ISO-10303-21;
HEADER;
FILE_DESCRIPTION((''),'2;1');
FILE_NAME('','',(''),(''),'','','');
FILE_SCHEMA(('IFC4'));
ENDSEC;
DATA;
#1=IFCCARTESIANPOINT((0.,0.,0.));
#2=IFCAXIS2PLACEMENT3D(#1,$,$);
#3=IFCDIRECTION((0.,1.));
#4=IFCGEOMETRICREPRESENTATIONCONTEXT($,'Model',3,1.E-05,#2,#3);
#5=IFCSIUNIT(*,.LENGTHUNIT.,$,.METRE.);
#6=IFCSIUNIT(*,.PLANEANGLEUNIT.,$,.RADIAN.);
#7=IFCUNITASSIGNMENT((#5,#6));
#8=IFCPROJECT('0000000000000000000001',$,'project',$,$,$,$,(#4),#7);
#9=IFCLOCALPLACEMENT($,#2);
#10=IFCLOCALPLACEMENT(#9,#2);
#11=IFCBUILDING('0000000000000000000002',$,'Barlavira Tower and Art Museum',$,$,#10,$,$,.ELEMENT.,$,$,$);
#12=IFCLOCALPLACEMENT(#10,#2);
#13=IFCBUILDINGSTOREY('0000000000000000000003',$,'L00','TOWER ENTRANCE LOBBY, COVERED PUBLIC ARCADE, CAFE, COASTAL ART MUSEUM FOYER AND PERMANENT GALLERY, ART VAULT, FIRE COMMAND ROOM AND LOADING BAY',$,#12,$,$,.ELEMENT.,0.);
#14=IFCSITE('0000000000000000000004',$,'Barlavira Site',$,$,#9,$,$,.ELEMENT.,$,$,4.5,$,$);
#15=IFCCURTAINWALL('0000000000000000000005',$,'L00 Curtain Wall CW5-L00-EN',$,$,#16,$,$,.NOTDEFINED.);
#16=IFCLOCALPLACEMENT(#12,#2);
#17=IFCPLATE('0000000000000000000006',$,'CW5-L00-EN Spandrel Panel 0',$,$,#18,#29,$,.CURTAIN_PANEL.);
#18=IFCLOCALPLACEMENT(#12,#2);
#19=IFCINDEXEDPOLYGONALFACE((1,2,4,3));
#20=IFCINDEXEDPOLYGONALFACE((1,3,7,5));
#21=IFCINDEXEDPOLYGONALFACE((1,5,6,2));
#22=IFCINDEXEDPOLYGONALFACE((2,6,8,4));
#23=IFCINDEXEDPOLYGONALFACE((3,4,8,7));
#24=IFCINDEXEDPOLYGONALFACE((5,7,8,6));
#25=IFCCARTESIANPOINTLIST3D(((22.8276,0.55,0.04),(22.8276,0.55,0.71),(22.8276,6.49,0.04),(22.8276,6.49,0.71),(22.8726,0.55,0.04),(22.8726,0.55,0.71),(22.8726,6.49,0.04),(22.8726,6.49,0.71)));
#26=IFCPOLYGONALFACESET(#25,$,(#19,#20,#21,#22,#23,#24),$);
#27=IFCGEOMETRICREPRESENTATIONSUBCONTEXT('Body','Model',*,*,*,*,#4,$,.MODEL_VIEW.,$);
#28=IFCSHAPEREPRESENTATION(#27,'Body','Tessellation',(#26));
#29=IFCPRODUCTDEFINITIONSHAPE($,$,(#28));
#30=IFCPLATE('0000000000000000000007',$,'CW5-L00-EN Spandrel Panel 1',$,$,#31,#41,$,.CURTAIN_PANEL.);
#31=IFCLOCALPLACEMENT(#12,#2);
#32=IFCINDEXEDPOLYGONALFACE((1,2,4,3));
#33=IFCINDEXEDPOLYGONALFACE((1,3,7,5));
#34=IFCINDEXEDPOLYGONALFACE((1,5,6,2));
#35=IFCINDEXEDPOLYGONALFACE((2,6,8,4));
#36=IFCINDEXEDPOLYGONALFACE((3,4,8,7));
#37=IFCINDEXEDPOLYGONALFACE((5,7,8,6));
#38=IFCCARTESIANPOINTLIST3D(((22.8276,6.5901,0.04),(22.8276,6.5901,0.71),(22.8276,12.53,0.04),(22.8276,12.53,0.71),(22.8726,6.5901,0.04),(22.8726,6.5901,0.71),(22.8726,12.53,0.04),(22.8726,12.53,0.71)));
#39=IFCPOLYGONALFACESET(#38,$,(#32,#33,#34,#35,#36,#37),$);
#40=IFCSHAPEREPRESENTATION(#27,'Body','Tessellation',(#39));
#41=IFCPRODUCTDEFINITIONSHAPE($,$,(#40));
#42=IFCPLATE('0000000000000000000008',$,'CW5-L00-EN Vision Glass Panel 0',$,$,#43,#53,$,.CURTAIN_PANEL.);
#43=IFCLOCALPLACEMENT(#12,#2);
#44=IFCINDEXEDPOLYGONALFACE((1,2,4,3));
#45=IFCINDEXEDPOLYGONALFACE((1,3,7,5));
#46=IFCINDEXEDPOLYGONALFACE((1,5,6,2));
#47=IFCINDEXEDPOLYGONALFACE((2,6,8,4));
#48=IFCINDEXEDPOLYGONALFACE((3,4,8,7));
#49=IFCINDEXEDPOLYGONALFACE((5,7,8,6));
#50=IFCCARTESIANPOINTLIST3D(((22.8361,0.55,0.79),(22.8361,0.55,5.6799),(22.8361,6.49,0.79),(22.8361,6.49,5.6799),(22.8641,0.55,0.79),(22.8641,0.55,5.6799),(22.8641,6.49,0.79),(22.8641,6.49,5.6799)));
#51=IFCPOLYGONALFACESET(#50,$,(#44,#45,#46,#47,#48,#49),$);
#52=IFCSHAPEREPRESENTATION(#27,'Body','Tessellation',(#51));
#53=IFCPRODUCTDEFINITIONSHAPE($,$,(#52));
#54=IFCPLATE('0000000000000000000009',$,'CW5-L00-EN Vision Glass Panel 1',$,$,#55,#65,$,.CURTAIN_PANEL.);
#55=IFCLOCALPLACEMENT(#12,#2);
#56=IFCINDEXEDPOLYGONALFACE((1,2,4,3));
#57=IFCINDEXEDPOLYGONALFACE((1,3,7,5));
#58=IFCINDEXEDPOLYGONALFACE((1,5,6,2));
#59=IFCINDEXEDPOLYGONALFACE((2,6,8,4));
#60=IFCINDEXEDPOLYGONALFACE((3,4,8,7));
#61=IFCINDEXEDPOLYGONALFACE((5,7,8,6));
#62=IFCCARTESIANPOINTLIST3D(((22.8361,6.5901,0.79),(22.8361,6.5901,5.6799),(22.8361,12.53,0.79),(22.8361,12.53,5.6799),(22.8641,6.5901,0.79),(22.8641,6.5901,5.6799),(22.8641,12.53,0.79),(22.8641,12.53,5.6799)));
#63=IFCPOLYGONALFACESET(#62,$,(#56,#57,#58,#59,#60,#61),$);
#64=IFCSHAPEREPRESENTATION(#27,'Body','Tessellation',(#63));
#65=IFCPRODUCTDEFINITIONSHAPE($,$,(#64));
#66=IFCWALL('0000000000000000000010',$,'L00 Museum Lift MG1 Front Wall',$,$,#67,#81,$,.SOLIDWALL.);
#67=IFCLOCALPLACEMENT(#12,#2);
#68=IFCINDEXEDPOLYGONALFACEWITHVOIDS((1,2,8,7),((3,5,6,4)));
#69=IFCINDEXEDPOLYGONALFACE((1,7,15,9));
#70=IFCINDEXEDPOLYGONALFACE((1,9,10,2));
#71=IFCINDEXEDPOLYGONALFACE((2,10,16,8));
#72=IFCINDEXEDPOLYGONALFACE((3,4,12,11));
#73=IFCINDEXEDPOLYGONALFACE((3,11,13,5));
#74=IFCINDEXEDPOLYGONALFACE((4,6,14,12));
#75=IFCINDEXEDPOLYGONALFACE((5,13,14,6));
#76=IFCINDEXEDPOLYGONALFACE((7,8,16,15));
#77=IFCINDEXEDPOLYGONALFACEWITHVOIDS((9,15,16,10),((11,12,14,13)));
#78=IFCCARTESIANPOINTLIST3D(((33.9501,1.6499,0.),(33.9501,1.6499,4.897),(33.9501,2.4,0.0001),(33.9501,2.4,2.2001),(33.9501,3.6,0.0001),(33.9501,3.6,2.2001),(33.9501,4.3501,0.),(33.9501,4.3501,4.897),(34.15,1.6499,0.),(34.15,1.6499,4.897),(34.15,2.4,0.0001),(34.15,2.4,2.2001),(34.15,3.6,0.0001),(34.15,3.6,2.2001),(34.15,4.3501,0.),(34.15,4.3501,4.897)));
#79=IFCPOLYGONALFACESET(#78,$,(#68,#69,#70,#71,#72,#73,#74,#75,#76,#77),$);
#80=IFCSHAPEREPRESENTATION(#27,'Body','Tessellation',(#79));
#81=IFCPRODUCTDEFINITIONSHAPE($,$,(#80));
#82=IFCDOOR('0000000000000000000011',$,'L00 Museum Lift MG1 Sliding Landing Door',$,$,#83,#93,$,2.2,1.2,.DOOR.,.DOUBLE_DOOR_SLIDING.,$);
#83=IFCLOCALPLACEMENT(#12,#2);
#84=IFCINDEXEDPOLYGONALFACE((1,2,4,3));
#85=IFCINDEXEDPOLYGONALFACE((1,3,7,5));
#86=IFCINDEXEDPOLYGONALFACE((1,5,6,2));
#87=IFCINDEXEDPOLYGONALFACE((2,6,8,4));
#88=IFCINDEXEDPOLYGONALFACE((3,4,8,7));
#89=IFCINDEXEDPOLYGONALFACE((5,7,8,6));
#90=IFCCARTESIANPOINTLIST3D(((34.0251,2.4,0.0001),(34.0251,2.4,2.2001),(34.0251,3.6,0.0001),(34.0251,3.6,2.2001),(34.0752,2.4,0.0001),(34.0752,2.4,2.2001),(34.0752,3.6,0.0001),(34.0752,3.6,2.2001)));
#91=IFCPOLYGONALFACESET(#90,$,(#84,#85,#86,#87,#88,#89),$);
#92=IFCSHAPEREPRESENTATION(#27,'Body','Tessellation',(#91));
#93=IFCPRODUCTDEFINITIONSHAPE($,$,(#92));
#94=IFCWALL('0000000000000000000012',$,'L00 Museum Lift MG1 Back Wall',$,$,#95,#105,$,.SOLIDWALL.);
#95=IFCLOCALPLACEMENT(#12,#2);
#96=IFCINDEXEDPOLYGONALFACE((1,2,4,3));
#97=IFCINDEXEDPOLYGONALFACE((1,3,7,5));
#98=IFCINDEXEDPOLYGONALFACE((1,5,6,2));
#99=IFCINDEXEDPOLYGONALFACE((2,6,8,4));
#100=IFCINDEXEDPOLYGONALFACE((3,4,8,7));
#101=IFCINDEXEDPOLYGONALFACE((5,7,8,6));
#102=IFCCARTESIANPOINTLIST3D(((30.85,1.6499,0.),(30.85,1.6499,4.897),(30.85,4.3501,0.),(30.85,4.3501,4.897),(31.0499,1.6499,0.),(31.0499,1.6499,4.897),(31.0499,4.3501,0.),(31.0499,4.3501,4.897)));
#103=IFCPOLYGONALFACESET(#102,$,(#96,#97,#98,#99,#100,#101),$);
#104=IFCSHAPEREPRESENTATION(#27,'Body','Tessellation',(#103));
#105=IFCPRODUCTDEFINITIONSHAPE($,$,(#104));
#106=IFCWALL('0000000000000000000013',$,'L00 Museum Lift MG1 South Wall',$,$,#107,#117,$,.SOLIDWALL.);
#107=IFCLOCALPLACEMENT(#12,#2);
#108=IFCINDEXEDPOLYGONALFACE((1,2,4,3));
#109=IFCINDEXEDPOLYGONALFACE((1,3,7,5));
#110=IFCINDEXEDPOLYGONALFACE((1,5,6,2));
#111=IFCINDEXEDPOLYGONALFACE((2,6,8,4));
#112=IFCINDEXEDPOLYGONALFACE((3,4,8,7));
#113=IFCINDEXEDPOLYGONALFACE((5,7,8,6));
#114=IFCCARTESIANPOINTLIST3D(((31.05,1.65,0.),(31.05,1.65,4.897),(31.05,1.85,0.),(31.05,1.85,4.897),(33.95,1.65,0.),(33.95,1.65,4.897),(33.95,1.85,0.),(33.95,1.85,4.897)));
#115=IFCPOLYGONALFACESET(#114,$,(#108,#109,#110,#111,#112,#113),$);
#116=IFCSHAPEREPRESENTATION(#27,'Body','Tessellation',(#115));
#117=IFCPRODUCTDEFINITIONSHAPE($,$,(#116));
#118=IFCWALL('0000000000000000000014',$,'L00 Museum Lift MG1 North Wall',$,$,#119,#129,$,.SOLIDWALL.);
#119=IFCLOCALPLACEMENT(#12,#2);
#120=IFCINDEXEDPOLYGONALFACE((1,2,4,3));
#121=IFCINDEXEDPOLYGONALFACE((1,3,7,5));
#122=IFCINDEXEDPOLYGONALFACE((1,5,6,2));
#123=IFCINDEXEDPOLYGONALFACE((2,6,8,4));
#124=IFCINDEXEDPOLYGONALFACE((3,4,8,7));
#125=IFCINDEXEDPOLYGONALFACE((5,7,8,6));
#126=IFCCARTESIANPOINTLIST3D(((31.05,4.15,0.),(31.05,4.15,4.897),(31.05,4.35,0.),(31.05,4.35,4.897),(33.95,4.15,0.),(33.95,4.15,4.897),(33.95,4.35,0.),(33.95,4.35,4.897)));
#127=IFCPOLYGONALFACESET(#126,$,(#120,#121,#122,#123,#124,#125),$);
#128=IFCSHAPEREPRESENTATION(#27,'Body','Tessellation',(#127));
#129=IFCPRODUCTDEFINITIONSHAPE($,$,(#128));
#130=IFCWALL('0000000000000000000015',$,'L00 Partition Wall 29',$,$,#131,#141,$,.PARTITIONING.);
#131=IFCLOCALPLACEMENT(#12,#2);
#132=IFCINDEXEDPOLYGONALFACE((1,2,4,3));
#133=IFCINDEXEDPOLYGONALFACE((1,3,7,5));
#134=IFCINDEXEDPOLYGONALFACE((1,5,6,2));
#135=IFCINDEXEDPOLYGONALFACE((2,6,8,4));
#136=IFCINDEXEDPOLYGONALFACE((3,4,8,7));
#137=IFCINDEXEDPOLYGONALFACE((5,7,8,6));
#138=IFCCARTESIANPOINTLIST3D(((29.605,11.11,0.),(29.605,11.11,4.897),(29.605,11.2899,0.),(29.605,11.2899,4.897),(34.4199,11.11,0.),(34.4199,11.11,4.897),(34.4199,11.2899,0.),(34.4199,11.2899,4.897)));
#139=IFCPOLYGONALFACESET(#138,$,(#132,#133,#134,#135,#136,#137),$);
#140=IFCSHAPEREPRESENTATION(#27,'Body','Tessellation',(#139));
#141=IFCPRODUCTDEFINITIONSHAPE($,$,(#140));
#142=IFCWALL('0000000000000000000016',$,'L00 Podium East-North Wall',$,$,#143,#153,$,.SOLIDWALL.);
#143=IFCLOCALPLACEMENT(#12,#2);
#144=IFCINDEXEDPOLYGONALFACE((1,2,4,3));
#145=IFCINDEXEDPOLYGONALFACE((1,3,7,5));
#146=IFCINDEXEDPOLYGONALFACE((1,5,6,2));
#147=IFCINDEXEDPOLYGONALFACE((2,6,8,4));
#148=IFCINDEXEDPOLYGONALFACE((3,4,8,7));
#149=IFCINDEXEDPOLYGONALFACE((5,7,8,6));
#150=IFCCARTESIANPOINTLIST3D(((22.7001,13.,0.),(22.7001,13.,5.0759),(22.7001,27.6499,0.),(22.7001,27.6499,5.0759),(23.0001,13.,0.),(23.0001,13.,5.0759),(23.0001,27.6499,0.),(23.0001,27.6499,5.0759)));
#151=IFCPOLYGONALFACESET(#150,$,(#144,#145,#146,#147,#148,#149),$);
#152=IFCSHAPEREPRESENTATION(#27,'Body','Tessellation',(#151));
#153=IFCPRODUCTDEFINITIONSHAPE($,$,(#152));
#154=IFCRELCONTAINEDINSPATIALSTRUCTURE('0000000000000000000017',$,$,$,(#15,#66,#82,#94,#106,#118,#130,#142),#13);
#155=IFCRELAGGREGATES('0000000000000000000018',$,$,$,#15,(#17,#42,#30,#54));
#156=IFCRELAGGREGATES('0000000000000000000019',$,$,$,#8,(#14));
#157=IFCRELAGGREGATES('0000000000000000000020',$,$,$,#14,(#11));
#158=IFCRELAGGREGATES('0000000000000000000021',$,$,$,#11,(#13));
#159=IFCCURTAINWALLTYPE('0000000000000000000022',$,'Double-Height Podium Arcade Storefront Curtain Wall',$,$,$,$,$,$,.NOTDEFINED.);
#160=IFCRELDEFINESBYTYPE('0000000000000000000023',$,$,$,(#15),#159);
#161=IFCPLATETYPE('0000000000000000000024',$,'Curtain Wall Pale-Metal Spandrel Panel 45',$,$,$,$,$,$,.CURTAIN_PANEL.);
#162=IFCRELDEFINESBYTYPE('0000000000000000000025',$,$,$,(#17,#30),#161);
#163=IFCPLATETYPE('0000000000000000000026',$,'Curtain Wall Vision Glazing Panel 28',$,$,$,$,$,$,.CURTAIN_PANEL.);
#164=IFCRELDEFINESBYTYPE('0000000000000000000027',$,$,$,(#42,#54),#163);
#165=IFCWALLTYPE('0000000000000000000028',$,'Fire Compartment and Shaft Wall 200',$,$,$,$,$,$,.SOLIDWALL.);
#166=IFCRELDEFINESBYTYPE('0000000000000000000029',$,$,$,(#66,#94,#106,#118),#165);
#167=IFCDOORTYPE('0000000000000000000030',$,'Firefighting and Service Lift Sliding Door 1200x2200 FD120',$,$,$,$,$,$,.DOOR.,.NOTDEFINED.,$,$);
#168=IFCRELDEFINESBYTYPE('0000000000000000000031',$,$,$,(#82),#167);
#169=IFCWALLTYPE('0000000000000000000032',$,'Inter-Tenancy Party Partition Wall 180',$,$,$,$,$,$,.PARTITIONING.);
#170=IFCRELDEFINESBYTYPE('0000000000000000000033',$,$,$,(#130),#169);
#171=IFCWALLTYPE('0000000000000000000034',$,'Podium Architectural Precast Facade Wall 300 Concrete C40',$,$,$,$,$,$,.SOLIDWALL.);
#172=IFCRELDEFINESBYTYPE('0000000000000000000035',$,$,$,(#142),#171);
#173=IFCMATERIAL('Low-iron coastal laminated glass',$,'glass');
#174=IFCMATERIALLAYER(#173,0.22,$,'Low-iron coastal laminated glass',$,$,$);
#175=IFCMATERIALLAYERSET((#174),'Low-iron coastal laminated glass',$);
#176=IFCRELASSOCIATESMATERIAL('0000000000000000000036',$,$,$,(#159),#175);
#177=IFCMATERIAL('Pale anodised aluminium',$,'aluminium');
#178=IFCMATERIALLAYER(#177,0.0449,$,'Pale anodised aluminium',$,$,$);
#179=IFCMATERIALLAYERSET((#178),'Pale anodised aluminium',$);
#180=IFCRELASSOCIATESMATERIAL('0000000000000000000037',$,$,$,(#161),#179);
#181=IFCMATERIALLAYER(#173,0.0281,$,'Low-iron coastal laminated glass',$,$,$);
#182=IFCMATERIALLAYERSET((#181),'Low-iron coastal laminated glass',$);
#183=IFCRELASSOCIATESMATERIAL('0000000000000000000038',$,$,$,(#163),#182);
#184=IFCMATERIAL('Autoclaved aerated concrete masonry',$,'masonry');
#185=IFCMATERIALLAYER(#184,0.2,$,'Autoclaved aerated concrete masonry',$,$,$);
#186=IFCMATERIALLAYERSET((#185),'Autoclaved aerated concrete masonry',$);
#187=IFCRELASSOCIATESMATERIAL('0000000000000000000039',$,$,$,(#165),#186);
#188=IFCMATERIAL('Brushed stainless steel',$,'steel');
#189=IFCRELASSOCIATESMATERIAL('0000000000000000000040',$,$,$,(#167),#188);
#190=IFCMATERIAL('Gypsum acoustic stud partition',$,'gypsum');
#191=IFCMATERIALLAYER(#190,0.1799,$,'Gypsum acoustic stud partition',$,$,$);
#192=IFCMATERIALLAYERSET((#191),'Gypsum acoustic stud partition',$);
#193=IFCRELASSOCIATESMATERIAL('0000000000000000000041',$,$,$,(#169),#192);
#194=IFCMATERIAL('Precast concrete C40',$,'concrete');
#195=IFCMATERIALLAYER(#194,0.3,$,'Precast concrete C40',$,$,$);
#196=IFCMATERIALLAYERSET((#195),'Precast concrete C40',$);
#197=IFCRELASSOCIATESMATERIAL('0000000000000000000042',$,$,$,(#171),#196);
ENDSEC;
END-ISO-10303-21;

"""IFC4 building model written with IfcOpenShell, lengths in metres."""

from ifc_helpers import new_model, si_unit, direction, frame, frame_2d, origin, origin_2d, place, context, subcontext, project, spatial, rectangle, extrude, material, layer, layer_set, type_object, element, fill, aggregate, save


model = new_model("IFC4")

# Units and contexts
model_context = context("Model", 3, precision=1e-05, world=origin(), true_north=direction((0.0, 1.0)))
body_context = subcontext(model_context, "Body", "Model", "MODEL_VIEW")
ifc_project = project(units=[si_unit("LENGTHUNIT", "METRE"), si_unit("PLANEANGLEUNIT", "RADIAN")], contexts=[model_context])

# Site, building, storey
site_placement = place(None, origin())
site = spatial("IfcSite", under=ifc_project, at=site_placement, Name="Barlavira Site", CompositionType="ELEMENT", RefElevation=4.5)
building_placement = place(site_placement, origin())
building = spatial("IfcBuilding", under=site, at=building_placement, Name="Barlavira Tower and Art Museum", CompositionType="ELEMENT")
storey_placement = place(building_placement, origin())
storey = spatial("IfcBuildingStorey", under=building, at=storey_placement, Name="L00", Description="TOWER ENTRANCE LOBBY, COVERED PUBLIC ARCADE, CAFE, COASTAL ART MUSEUM FOYER AND PERMANENT GALLERY, ART VAULT, FIRE COMMAND ROOM AND LOADING BAY", CompositionType="ELEMENT", Elevation=0.0)

# Curtain wall
ifc_material_1 = material(Name="Low-iron coastal laminated glass", Category="glass")
ifc_layer_1 = layer(ifc_material_1, 0.22, Name="Low-iron coastal laminated glass")
ifc_layer_set_1 = layer_set([ifc_layer_1], Name="Low-iron coastal laminated glass")
curtain_wall_type = type_object("IfcCurtainWallType", Name="Double-Height Podium Arcade Storefront Curtain Wall", PredefinedType="NOTDEFINED", material=ifc_layer_set_1)
curtain_wall_placement = place(storey_placement, origin())
curtain_wall = element("IfcCurtainWall", 1, at=curtain_wall_placement, inside=storey, type_object=curtain_wall_type, Name="L00 Curtain Wall CW5-L00-EN", PredefinedType="NOTDEFINED")
ifc_material_2 = material(Name="Pale anodised aluminium", Category="aluminium")

# Plates
ifc_layer_2 = layer(ifc_material_2, 0.0449, Name="Pale anodised aluminium")
ifc_layer_set_2 = layer_set([ifc_layer_2], Name="Pale anodised aluminium")
plate_type_1 = type_object("IfcPlateType", Name="Curtain Wall Pale-Metal Spandrel Panel 45", PredefinedType="CURTAIN_PANEL", material=ifc_layer_set_2)
plate_1_placement = place(storey_placement, frame((22.8501, 3.52, 0.04), z_axis=(0.0, 0.0, 1.0), x_axis=(0.0, 1.0, 0.0)))
plate_1 = element("IfcPlate", 2, at=plate_1_placement, type_object=plate_type_1, Name="CW5-L00-EN Spandrel Panel 0", PredefinedType="CURTAIN_PANEL", context=body_context, shape_type="SweptSolid", body=[
    extrude(rectangle(XDim=5.9399, YDim=0.0449, at=origin_2d()), origin(), (0.0, 0.0, 1.0), 0.6699),
])
plate_2_placement = place(storey_placement, frame((22.8501, 9.5601, 0.04), z_axis=(0.0, 0.0, 1.0), x_axis=(0.0, 1.0, 0.0)))
plate_2 = element("IfcPlate", 3, at=plate_2_placement, type_object=plate_type_1, Name="CW5-L00-EN Spandrel Panel 1", PredefinedType="CURTAIN_PANEL", context=body_context, shape_type="SweptSolid", body=[
    extrude(rectangle(XDim=5.9399, YDim=0.0449, at=origin_2d()), origin(), (0.0, 0.0, 1.0), 0.6699),
])
ifc_layer_3 = layer(ifc_material_1, 0.0281, Name="Low-iron coastal laminated glass")
ifc_layer_set_3 = layer_set([ifc_layer_3], Name="Low-iron coastal laminated glass")
plate_type_2 = type_object("IfcPlateType", Name="Curtain Wall Vision Glazing Panel 28", PredefinedType="CURTAIN_PANEL", material=ifc_layer_set_3)
plate_3_placement = place(storey_placement, frame((22.8501, 3.52, 0.79), z_axis=(0.0, 0.0, 1.0), x_axis=(0.0, 1.0, 0.0)))
plate_3 = element("IfcPlate", 4, at=plate_3_placement, type_object=plate_type_2, Name="CW5-L00-EN Vision Glass Panel 0", PredefinedType="CURTAIN_PANEL", context=body_context, shape_type="SweptSolid", body=[
    extrude(rectangle(XDim=5.9399, YDim=0.0281, at=origin_2d()), origin(), (0.0, 0.0, 1.0), 4.8899),
])
plate_4_placement = place(storey_placement, frame((22.8501, 9.5601, 0.79), z_axis=(0.0, 0.0, 1.0), x_axis=(0.0, 1.0, 0.0)))
plate_4 = element("IfcPlate", 5, at=plate_4_placement, type_object=plate_type_2, Name="CW5-L00-EN Vision Glass Panel 1", PredefinedType="CURTAIN_PANEL", context=body_context, shape_type="SweptSolid", body=[
    extrude(rectangle(XDim=5.9399, YDim=0.0281, at=origin_2d()), origin(), (0.0, 0.0, 1.0), 4.8899),
])
aggregate(curtain_wall, [plate_1, plate_3, plate_2, plate_4])

# Wall, opening, door
ifc_material_3 = material(Name="Autoclaved aerated concrete masonry", Category="masonry")
ifc_layer_4 = layer(ifc_material_3, 0.2, Name="Autoclaved aerated concrete masonry")
ifc_layer_set_4 = layer_set([ifc_layer_4], Name="Autoclaved aerated concrete masonry")
wall_type_1 = type_object("IfcWallType", Name="Fire Compartment and Shaft Wall 200", PredefinedType="SOLIDWALL", material=ifc_layer_set_4)
wall_1_placement = place(storey_placement, frame((34.05, 1.6499, 0.0), z_axis=(0.0, 0.0, 1.0), x_axis=(0.0, 1.0, 0.0)))
wall_1 = element("IfcWall", 6, at=wall_1_placement, inside=storey, type_object=wall_type_1, Name="L00 Museum Lift MG1 Front Wall", PredefinedType="SOLIDWALL", context=body_context, shape_type="SweptSolid", body=[
    extrude(rectangle(XDim=2.7002, YDim=0.2, at=frame_2d((1.3501, 0.0))), origin(), (0.0, 0.0, 1.0), 4.897),
])
opening_placement = place(wall_1_placement, frame((0.75, 0.0, 0.0)))
opening = element("IfcOpeningElement", 7, at=opening_placement, cuts=wall_1, PredefinedType="OPENING", context=body_context, shape_type="SweptSolid", body=[
    extrude(rectangle(XDim=1.2, YDim=2.2, at=frame_2d((0.6001, 1.1001))), frame((0.0, 0.1099, 0.0), z_axis=(0.0, -1.0, 0.0), x_axis=(1.0, 0.0, 0.0)), (0.0, 0.0, 1.0), 0.22),
])
ifc_material_4 = material(Name="Brushed stainless steel", Category="steel")
door_type = type_object("IfcDoorType", Name="Firefighting and Service Lift Sliding Door 1200x2200 FD120", OperationType="NOTDEFINED", PredefinedType="DOOR", material=ifc_material_4)
door_placement = place(opening_placement, origin())
door = element("IfcDoor", 8, at=door_placement, inside=storey, type_object=door_type, Name="L00 Museum Lift MG1 Sliding Landing Door", OperationType="DOUBLE_DOOR_SLIDING", OverallHeight=2.2, OverallWidth=1.2, PredefinedType="DOOR", context=body_context, shape_type="SweptSolid", body=[
    extrude(rectangle(XDim=1.2, YDim=2.2, at=frame_2d((0.6001, 1.1001))), frame((0.0, 0.0249, 0.0), z_axis=(0.0, -1.0, 0.0), x_axis=(1.0, 0.0, 0.0)), (0.0, 0.0, 1.0), 0.05),
])
fill(opening, door)

# Walls
wall_2_placement = place(storey_placement, frame((30.95, 1.6499, 0.0), z_axis=(0.0, 0.0, 1.0), x_axis=(0.0, 1.0, 0.0)))
element("IfcWall", 9, at=wall_2_placement, inside=storey, type_object=wall_type_1, Name="L00 Museum Lift MG1 Back Wall", PredefinedType="SOLIDWALL", context=body_context, shape_type="SweptSolid", body=[
    extrude(rectangle(XDim=2.7002, YDim=0.2, at=frame_2d((1.3501, 0.0))), origin(), (0.0, 0.0, 1.0), 4.897),
])
for number, where, z_axis, x_axis, name in (
    (10, (31.05, 1.75, 0.0), (0.0, 0.0, 1.0), (1.0, 0.0, 0.0), "L00 Museum Lift MG1 South Wall"),
    (11, (31.05, 4.25, 0.0), (0.0, 0.0, 1.0), (1.0, 0.0, 0.0), "L00 Museum Lift MG1 North Wall"),
):
    element("IfcWall", number, at=place(storey_placement, frame(where, z_axis=z_axis, x_axis=x_axis)), inside=storey, type_object=wall_type_1, Name=name, PredefinedType="SOLIDWALL", context=body_context, shape_type="SweptSolid", body=[
        extrude(rectangle(XDim=2.8999, YDim=0.2, at=frame_2d((1.45, 0.0))), origin(), (0.0, 0.0, 1.0), 4.897),
    ])
ifc_material_5 = material(Name="Gypsum acoustic stud partition", Category="gypsum")
ifc_layer_5 = layer(ifc_material_5, 0.1799, Name="Gypsum acoustic stud partition")
ifc_layer_set_5 = layer_set([ifc_layer_5], Name="Gypsum acoustic stud partition")
wall_type_2 = type_object("IfcWallType", Name="Inter-Tenancy Party Partition Wall 180", PredefinedType="PARTITIONING", material=ifc_layer_set_5)
wall_3_placement = place(storey_placement, frame((29.605, 11.2, 0.0), z_axis=(0.0, 0.0, 1.0), x_axis=(1.0, 0.0, 0.0)))
element("IfcWall", 12, at=wall_3_placement, inside=storey, type_object=wall_type_2, Name="L00 Partition Wall 29", PredefinedType="PARTITIONING", context=body_context, shape_type="SweptSolid", body=[
    extrude(rectangle(XDim=4.8149, YDim=0.1799, at=frame_2d((2.4075, 0.0))), origin(), (0.0, 0.0, 1.0), 4.897),
])
ifc_material_6 = material(Name="Precast concrete C40", Category="concrete")
ifc_layer_6 = layer(ifc_material_6, 0.3, Name="Precast concrete C40")
ifc_layer_set_6 = layer_set([ifc_layer_6], Name="Precast concrete C40")
wall_type_3 = type_object("IfcWallType", Name="Podium Architectural Precast Facade Wall 300 Concrete C40", PredefinedType="SOLIDWALL", material=ifc_layer_set_6)
wall_4_placement = place(storey_placement, frame((22.8501, 13.0, 0.0), z_axis=(0.0, 0.0, 1.0), x_axis=(0.0, 1.0, 0.0)))
element("IfcWall", 13, at=wall_4_placement, inside=storey, type_object=wall_type_3, Name="L00 Podium East-North Wall", PredefinedType="SOLIDWALL", context=body_context, shape_type="SweptSolid", body=[
    extrude(rectangle(XDim=14.6499, YDim=0.3, at=frame_2d((7.325, 0.0))), origin(), (0.0, 0.0, 1.0), 5.0759),
])

save(model, "model.ifc")
